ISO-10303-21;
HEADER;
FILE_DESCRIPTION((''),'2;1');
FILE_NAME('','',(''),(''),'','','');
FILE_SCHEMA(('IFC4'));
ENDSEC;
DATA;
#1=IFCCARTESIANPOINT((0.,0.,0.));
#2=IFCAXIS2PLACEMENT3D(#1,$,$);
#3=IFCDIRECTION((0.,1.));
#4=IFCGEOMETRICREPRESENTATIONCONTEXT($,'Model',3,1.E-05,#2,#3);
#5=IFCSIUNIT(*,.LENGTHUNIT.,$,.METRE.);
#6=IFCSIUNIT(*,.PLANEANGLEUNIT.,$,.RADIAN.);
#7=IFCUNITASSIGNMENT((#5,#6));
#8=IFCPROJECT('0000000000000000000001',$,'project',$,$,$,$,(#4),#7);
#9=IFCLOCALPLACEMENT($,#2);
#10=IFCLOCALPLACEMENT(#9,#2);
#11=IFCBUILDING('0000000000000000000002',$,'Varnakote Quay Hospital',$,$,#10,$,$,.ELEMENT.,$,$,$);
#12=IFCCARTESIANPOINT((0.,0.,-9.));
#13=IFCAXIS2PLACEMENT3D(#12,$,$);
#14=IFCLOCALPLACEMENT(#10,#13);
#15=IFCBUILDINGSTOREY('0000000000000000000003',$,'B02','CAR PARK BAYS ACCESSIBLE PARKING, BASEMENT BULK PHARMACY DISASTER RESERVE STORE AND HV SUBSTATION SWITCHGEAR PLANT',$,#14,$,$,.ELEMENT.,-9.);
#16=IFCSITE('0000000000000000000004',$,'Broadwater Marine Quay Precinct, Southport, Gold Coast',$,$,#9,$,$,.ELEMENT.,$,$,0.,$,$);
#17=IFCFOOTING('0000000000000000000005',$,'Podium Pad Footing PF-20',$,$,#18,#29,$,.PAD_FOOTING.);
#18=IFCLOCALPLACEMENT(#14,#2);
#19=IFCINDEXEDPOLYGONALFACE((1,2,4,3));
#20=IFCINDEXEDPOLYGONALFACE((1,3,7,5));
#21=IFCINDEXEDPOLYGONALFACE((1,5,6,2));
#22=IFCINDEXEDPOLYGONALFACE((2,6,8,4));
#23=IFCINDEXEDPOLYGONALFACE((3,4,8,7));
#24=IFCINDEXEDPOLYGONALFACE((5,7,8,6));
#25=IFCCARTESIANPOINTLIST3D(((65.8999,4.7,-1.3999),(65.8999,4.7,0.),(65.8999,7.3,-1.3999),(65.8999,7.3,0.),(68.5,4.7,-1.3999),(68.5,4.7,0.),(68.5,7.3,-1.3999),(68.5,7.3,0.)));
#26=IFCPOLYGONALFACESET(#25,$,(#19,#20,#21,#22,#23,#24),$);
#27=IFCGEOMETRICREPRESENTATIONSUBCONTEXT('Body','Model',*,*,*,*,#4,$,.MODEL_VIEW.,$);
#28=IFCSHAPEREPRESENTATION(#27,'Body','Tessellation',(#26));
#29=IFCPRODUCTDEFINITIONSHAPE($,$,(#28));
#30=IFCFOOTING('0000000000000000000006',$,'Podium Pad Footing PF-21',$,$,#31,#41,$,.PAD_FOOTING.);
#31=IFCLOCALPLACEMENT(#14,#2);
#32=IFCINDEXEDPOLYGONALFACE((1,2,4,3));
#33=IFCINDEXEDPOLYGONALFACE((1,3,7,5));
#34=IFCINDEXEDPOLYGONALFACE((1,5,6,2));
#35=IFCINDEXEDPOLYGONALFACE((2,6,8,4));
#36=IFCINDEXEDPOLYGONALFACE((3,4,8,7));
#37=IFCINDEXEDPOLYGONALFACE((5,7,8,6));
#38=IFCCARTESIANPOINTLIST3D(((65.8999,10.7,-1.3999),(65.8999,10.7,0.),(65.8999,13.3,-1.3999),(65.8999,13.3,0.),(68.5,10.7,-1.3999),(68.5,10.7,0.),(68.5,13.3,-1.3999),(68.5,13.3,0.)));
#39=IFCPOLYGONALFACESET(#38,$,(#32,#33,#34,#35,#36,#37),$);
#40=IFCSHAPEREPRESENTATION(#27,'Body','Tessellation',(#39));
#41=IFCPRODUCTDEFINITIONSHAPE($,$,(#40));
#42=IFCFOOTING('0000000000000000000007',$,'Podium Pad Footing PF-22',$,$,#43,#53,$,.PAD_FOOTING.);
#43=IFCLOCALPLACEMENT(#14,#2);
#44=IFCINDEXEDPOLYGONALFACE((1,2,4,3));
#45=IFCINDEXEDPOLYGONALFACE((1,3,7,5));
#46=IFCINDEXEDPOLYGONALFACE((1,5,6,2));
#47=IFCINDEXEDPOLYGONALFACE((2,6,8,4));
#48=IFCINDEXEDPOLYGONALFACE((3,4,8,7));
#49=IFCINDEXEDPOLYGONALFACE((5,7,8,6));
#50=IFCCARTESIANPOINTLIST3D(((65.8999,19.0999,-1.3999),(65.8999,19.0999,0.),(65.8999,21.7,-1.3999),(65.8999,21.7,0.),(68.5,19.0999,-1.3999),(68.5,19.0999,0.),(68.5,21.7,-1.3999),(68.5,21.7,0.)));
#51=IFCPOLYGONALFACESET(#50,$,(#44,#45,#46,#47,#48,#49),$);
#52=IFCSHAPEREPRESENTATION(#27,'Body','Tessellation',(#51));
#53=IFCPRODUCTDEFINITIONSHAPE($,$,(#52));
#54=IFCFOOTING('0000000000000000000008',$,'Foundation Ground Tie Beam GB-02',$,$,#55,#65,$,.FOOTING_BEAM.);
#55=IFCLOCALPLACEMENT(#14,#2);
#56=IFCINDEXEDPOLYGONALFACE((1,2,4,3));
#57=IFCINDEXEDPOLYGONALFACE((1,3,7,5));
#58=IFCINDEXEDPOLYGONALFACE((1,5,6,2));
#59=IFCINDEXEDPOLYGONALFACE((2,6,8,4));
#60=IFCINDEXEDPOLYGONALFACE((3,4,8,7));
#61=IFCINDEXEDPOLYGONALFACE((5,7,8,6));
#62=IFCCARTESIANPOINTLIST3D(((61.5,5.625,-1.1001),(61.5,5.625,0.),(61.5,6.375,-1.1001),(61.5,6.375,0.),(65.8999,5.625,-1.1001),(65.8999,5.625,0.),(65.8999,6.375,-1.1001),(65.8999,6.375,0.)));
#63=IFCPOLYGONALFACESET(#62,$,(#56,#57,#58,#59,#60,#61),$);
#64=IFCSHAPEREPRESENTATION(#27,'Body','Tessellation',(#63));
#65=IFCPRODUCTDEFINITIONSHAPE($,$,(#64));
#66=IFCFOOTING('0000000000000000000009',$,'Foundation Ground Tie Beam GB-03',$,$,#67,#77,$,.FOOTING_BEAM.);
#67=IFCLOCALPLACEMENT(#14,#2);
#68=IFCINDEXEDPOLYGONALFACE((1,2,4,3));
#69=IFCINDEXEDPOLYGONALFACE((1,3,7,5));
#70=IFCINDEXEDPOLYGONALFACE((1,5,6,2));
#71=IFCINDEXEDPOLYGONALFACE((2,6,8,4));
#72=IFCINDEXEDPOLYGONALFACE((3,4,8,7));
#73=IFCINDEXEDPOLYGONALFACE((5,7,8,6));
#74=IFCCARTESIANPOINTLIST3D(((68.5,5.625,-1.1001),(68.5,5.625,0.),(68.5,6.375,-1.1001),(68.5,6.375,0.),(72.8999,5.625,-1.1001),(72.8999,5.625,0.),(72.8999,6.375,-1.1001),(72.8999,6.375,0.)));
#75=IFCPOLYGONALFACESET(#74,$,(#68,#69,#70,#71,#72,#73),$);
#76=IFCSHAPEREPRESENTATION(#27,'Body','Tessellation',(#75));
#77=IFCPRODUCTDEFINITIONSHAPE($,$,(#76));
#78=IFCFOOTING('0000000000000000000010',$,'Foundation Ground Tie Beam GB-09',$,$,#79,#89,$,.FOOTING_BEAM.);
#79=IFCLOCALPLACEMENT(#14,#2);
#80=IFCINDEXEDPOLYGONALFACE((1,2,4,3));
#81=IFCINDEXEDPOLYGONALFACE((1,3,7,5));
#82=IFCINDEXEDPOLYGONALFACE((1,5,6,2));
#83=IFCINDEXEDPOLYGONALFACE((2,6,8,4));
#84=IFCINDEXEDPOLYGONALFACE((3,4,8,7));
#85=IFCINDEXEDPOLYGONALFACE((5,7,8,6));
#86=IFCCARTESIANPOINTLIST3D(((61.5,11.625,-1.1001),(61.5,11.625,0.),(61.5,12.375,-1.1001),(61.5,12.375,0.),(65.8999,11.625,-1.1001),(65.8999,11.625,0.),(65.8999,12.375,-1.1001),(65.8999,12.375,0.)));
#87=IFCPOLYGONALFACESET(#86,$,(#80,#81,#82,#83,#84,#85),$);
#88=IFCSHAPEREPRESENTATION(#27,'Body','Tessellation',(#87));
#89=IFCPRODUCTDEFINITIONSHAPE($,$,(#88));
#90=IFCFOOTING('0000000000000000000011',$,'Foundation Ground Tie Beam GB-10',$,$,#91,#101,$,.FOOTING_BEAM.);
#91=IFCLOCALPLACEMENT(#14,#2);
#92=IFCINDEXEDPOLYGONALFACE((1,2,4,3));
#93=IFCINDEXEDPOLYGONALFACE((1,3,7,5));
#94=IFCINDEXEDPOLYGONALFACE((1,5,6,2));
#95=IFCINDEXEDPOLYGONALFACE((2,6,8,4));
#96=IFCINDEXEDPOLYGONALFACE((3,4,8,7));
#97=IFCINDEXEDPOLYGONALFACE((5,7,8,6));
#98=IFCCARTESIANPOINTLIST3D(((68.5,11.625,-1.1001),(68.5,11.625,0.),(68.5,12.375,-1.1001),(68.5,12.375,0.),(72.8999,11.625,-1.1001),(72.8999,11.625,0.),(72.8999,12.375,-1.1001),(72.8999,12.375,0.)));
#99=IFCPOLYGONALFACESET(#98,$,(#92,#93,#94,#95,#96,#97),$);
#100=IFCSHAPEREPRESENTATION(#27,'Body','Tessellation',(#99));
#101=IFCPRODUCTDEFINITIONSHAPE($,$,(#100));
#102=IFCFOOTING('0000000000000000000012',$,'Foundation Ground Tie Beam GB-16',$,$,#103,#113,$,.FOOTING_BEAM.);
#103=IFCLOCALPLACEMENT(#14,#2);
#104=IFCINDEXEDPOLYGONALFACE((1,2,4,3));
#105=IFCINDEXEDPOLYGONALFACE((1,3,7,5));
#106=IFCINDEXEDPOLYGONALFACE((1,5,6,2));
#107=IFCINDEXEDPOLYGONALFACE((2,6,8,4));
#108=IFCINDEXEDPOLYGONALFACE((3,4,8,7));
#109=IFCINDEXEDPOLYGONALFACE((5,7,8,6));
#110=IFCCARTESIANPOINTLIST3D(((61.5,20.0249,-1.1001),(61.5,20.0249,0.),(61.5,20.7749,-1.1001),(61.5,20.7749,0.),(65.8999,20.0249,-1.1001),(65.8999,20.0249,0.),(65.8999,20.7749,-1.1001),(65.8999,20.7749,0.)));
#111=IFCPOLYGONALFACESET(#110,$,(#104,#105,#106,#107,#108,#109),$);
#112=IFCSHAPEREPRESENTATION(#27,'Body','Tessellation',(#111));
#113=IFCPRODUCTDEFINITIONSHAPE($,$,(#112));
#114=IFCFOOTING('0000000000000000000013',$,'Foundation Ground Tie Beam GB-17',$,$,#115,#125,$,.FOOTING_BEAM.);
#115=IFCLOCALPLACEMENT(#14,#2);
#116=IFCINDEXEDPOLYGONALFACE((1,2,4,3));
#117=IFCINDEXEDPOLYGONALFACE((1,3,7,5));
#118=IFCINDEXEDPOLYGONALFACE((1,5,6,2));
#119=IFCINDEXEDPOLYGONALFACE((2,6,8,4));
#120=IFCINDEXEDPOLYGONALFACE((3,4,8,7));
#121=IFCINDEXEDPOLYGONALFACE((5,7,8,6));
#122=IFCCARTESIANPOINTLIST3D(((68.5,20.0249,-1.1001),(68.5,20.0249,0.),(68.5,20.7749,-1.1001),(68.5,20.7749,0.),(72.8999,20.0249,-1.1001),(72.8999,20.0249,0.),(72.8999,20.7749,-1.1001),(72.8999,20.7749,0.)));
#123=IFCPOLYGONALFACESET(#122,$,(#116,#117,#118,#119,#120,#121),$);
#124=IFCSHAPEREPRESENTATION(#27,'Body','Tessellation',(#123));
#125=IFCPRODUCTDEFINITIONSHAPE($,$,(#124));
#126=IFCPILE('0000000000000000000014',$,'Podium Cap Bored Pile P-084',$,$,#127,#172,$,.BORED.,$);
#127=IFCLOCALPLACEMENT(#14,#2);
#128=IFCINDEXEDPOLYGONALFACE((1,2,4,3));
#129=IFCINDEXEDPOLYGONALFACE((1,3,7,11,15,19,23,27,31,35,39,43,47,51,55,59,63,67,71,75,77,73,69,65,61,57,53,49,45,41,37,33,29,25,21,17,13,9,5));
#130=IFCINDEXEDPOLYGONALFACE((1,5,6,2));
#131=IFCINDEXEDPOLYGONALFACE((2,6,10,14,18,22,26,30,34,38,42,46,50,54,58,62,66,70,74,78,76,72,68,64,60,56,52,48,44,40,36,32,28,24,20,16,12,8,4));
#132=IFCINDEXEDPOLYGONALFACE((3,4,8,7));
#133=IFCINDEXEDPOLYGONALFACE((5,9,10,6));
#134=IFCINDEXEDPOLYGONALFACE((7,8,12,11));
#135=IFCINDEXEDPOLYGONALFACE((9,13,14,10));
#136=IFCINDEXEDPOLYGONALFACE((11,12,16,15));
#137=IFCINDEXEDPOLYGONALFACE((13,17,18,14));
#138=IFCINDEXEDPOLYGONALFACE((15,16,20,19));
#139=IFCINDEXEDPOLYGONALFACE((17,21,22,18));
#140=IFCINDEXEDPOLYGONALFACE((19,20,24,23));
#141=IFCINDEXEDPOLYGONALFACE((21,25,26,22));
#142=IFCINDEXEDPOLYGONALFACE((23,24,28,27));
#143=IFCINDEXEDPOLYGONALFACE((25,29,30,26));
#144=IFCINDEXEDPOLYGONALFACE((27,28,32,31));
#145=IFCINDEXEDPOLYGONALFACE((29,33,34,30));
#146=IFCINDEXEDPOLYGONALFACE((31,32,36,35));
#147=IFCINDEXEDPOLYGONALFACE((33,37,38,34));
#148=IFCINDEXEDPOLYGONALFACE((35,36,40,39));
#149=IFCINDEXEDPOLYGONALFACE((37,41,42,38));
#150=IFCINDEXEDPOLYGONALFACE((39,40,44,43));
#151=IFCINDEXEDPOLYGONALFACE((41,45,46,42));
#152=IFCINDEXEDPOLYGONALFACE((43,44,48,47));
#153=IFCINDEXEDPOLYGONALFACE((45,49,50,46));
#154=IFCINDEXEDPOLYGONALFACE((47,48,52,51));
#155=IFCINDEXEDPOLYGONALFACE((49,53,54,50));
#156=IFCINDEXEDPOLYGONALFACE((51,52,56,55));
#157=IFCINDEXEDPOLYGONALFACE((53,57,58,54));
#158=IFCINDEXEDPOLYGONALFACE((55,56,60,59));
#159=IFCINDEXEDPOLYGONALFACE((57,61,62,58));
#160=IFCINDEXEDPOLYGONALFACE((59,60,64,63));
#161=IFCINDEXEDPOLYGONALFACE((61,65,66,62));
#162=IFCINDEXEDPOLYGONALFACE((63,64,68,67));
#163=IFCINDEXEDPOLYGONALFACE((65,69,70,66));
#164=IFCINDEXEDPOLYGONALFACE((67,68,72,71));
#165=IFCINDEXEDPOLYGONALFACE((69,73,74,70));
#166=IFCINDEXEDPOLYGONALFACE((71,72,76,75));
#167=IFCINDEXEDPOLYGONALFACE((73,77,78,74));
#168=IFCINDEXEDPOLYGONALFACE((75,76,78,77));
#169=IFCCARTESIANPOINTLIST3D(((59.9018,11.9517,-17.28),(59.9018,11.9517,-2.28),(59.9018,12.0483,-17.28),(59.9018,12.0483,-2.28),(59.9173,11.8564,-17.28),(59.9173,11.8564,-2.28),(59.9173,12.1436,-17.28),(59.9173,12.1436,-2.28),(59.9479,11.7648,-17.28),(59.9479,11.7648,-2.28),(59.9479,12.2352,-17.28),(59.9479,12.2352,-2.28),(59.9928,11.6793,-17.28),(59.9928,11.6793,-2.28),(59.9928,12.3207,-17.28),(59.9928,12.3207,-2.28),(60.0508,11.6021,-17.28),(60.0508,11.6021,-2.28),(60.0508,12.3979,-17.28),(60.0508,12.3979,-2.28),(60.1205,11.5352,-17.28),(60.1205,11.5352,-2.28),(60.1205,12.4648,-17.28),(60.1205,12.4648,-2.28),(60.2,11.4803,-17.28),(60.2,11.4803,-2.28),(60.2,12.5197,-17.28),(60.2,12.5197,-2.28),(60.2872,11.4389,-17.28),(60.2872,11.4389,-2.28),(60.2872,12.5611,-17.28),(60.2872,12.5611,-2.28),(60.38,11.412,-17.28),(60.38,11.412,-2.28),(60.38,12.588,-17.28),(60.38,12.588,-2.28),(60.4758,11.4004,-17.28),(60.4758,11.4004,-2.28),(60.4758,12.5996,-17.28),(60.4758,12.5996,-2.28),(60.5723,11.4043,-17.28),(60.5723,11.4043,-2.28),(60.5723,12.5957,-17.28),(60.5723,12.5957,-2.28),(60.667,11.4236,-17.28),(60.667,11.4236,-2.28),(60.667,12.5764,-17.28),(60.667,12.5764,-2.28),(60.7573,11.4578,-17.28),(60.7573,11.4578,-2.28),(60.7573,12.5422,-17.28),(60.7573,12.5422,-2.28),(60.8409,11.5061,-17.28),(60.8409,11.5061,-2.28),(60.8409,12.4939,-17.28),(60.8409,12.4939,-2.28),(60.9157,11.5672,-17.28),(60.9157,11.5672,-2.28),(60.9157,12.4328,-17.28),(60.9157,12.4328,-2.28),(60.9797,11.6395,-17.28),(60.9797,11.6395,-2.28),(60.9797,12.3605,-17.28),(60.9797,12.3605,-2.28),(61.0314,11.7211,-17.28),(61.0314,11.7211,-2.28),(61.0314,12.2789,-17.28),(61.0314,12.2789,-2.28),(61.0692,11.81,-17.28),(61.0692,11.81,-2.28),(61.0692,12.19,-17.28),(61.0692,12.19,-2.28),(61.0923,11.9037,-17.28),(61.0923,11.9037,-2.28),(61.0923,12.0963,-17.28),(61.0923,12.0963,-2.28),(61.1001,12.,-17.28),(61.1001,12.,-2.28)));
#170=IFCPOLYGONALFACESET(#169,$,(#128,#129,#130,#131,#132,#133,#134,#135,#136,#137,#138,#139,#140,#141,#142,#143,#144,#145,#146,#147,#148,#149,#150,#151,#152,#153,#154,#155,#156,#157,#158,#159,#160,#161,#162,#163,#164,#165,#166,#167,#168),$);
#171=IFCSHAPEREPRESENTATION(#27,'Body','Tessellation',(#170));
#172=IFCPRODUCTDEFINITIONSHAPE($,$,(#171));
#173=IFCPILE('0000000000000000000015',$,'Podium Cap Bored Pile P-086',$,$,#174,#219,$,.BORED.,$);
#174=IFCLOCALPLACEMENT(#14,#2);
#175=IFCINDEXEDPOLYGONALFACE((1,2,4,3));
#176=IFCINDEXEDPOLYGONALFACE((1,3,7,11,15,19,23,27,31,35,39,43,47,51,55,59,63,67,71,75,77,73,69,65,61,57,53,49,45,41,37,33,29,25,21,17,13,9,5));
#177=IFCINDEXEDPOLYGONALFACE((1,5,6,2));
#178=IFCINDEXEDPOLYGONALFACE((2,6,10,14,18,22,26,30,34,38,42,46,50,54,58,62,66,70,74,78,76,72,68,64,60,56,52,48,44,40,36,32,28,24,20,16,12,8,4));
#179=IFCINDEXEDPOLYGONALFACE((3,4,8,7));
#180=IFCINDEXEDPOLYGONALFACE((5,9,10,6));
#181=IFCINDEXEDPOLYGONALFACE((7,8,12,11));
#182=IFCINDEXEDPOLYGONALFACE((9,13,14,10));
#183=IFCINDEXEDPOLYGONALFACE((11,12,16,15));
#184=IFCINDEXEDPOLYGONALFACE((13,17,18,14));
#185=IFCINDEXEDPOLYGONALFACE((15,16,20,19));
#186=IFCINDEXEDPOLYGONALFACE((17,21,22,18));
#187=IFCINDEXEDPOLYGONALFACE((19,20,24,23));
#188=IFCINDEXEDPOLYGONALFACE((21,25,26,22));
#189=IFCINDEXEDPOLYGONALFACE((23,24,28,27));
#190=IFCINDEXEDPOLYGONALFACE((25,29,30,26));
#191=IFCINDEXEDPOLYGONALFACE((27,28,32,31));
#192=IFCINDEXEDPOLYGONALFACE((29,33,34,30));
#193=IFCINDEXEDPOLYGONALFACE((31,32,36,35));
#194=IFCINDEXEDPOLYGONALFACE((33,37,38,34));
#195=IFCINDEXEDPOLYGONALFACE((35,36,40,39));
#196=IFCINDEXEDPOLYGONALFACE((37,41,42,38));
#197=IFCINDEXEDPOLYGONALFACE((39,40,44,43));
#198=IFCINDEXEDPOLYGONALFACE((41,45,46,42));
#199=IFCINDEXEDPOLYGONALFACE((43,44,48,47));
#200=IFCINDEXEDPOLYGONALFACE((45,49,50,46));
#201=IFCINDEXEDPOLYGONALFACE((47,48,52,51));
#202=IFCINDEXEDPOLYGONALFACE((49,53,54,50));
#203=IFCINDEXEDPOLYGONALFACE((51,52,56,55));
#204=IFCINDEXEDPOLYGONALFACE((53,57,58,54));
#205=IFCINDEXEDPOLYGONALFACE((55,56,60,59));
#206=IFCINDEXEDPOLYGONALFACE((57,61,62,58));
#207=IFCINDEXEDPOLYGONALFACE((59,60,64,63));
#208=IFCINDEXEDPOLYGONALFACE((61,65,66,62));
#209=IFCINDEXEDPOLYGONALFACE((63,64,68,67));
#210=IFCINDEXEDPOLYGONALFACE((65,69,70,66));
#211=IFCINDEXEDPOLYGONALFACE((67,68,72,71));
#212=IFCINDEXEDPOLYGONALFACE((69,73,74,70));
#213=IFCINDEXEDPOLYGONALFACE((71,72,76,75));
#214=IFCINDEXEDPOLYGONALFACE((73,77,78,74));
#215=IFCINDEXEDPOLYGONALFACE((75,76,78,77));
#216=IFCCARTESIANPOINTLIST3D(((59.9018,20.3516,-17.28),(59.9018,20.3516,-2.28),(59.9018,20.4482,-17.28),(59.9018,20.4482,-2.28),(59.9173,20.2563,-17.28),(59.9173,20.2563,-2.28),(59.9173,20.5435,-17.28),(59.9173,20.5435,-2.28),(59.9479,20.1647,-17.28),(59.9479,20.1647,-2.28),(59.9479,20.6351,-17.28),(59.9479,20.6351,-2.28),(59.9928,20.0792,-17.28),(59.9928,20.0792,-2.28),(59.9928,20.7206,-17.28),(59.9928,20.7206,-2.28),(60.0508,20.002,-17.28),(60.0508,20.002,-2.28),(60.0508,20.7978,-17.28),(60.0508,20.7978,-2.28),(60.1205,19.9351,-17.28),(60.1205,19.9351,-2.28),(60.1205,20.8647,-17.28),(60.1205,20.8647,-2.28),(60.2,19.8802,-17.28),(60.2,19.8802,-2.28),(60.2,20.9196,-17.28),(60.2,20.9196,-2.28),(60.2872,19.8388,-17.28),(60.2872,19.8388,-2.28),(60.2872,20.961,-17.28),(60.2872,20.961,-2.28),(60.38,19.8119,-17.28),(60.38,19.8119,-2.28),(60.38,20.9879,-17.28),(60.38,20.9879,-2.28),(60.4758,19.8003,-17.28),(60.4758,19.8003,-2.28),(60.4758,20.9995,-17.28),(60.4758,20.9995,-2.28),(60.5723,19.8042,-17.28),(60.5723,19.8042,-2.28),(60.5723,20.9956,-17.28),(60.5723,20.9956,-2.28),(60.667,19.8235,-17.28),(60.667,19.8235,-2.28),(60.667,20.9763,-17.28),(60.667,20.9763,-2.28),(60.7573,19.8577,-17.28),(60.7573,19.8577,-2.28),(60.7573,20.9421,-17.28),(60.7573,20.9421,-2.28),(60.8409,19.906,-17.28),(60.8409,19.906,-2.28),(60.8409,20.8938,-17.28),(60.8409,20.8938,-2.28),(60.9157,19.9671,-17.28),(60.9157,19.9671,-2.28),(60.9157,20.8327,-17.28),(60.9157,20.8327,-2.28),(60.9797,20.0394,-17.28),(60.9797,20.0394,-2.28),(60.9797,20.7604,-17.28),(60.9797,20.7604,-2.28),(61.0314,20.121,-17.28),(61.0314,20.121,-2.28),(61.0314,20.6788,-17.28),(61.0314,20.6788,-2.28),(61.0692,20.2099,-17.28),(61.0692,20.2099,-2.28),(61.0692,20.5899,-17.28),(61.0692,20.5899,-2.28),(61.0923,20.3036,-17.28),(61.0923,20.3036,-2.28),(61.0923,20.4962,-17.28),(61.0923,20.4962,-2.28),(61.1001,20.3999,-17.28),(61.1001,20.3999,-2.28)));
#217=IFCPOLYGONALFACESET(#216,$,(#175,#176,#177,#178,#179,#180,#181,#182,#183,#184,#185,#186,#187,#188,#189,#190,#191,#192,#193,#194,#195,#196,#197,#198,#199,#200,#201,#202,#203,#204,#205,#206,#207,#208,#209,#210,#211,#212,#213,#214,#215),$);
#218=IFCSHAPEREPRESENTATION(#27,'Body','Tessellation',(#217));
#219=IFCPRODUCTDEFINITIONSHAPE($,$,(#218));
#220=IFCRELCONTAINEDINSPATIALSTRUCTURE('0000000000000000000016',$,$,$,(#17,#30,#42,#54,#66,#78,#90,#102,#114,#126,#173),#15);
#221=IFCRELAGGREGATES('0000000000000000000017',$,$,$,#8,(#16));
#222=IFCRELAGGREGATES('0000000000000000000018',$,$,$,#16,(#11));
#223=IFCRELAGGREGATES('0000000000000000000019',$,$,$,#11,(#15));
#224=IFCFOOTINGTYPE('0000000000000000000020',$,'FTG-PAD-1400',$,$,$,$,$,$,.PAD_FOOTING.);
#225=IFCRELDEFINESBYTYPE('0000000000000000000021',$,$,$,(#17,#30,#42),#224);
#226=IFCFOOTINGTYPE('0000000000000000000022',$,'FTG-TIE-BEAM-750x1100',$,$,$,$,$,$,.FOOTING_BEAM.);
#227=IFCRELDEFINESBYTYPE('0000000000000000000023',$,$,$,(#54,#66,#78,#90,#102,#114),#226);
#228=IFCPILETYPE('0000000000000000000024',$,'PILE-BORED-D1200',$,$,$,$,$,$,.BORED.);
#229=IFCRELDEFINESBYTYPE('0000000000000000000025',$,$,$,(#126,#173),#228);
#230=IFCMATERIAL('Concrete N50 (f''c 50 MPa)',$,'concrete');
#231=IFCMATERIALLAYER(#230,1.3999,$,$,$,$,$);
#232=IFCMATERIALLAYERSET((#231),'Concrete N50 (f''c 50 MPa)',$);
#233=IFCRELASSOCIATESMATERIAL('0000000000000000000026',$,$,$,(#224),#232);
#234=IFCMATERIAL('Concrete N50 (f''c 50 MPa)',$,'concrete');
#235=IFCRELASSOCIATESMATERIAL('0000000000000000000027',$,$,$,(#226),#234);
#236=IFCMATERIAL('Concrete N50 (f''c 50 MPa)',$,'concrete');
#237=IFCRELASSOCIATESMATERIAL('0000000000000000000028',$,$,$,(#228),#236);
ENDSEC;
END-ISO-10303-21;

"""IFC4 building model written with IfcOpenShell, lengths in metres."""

from ifc_helpers import new_model, si_unit, direction, frame, origin, origin_2d, place, context, subcontext, project, spatial, rectangle, circle, extrude, material, layer, layer_set, material_profile, profile_set, type_object, element, save


model = new_model("IFC4")

# Units and contexts
model_context = context("Model", 3, precision=1e-05, world=origin(), true_north=direction((0.0, 1.0)))
body_context = subcontext(model_context, "Body", "Model", "MODEL_VIEW")
ifc_project = project(units=[si_unit("LENGTHUNIT", "METRE"), si_unit("PLANEANGLEUNIT", "RADIAN")], contexts=[model_context])

# Site, building, storey
site_placement = place(None, origin())
site = spatial("IfcSite", under=ifc_project, at=site_placement, Name="Broadwater Marine Quay Precinct, Southport, Gold Coast", CompositionType="ELEMENT", RefElevation=0.0)
building_placement = place(site_placement, origin())
building = spatial("IfcBuilding", under=site, at=building_placement, Name="Varnakote Quay Hospital", CompositionType="ELEMENT")
storey_placement = place(building_placement, frame((0.0, 0.0, -9.0)))
storey = spatial("IfcBuildingStorey", under=building, at=storey_placement, Name="B02", Description="CAR PARK BAYS ACCESSIBLE PARKING, BASEMENT BULK PHARMACY DISASTER RESERVE STORE AND HV SUBSTATION SWITCHGEAR PLANT", CompositionType="ELEMENT", Elevation=-9.0)

# Footings
ifc_material_1 = material(Name="Concrete N50 (f'c 50 MPa)", Category="concrete")
ifc_layer_1 = layer(ifc_material_1, 1.3999)
ifc_layer_set_1 = layer_set([ifc_layer_1], Name="Concrete N50 (f'c 50 MPa)")
footing_type_1 = type_object("IfcFootingType", Name="FTG-PAD-1400", PredefinedType="PAD_FOOTING", material=ifc_layer_set_1)
for number, where, z_axis, x_axis, name in (
    (1, (67.2, 6.0, -1.3999), (0.0, 0.0, 1.0), (1.0, 0.0, 0.0), "Podium Pad Footing PF-20"),
    (2, (67.2, 12.0, -1.3999), (0.0, 0.0, 1.0), (1.0, 0.0, 0.0), "Podium Pad Footing PF-21"),
    (3, (67.2, 20.3999, -1.3999), (0.0, 0.0, 1.0), (1.0, 0.0, 0.0), "Podium Pad Footing PF-22"),
):
    element("IfcFooting", number, at=place(storey_placement, frame(where, z_axis=z_axis, x_axis=x_axis)), inside=storey, type_object=footing_type_1, Name=name, PredefinedType="PAD_FOOTING", context=body_context, shape_type="SweptSolid", body=[
        extrude(rectangle(XDim=2.6001, YDim=2.6001, at=origin_2d()), origin(), (0.0, 0.0, 1.0), 1.3999),
    ])
ifc_material_2 = material(Name="Concrete N50 (f'c 50 MPa)", Category="concrete")
ifc_material_profile_1 = material_profile(ifc_material_2, rectangle(XDim=0.75, YDim=1.1001, at=origin_2d()), Name="RC-GB-750x1100")
ifc_profile_set_1 = profile_set([ifc_material_profile_1], Name="Concrete N50 (f'c 50 MPa)")
footing_type_2 = type_object("IfcFootingType", Name="FTG-TIE-BEAM-750x1100", PredefinedType="FOOTING_BEAM", material=ifc_profile_set_1)
for number, where, z_axis, x_axis, name in (
    (4, (61.5, 6.0, -0.55), (1.0, 0.0, 0.0), (0.0, 1.0, 0.0), "Foundation Ground Tie Beam GB-02"),
    (5, (68.5, 6.0, -0.55), (1.0, 0.0, 0.0), (0.0, 1.0, 0.0), "Foundation Ground Tie Beam GB-03"),
    (6, (61.5, 12.0, -0.55), (1.0, 0.0, 0.0), (0.0, 1.0, 0.0), "Foundation Ground Tie Beam GB-09"),
    (7, (68.5, 12.0, -0.55), (1.0, 0.0, 0.0), (0.0, 1.0, 0.0), "Foundation Ground Tie Beam GB-10"),
    (8, (61.5, 20.3999, -0.55), (1.0, 0.0, 0.0), (0.0, 1.0, 0.0), "Foundation Ground Tie Beam GB-16"),
    (9, (68.5, 20.3999, -0.55), (1.0, 0.0, 0.0), (0.0, 1.0, 0.0), "Foundation Ground Tie Beam GB-17"),
):
    element("IfcFooting", number, at=place(storey_placement, frame(where, z_axis=z_axis, x_axis=x_axis)), inside=storey, type_object=footing_type_2, Name=name, PredefinedType="FOOTING_BEAM", context=body_context, shape_type="SweptSolid", body=[
        extrude(rectangle(XDim=0.75, YDim=1.1001, at=origin_2d()), origin(), (0.0, 0.0, 1.0), 4.3999),
    ])

# Piles
ifc_material_3 = material(Name="Concrete N50 (f'c 50 MPa)", Category="concrete")
ifc_material_profile_2 = material_profile(ifc_material_3, circle(Radius=0.6001, at=origin_2d()), Name="PILE-D1200")
ifc_profile_set_2 = profile_set([ifc_material_profile_2], Name="Concrete N50 (f'c 50 MPa)")
pile_type = type_object("IfcPileType", Name="PILE-BORED-D1200", PredefinedType="BORED", material=ifc_profile_set_2)
for number, where, z_axis, x_axis, name in (
    (10, (60.5, 12.0, -2.28), (0.0, 0.0, -1.0), (1.0, 0.0, 0.0), "Podium Cap Bored Pile P-084"),
    (11, (60.5, 20.3999, -2.28), (0.0, 0.0, -1.0), (1.0, 0.0, 0.0), "Podium Cap Bored Pile P-086"),
):
    element("IfcPile", number, at=place(storey_placement, frame(where, z_axis=z_axis, x_axis=x_axis)), inside=storey, type_object=pile_type, Name=name, PredefinedType="BORED", context=body_context, shape_type="SweptSolid", body=[
        extrude(circle(Radius=0.6001, at=origin_2d()), origin(), (0.0, 0.0, 1.0), 15.0),
    ])

save(model, "model.ifc")
